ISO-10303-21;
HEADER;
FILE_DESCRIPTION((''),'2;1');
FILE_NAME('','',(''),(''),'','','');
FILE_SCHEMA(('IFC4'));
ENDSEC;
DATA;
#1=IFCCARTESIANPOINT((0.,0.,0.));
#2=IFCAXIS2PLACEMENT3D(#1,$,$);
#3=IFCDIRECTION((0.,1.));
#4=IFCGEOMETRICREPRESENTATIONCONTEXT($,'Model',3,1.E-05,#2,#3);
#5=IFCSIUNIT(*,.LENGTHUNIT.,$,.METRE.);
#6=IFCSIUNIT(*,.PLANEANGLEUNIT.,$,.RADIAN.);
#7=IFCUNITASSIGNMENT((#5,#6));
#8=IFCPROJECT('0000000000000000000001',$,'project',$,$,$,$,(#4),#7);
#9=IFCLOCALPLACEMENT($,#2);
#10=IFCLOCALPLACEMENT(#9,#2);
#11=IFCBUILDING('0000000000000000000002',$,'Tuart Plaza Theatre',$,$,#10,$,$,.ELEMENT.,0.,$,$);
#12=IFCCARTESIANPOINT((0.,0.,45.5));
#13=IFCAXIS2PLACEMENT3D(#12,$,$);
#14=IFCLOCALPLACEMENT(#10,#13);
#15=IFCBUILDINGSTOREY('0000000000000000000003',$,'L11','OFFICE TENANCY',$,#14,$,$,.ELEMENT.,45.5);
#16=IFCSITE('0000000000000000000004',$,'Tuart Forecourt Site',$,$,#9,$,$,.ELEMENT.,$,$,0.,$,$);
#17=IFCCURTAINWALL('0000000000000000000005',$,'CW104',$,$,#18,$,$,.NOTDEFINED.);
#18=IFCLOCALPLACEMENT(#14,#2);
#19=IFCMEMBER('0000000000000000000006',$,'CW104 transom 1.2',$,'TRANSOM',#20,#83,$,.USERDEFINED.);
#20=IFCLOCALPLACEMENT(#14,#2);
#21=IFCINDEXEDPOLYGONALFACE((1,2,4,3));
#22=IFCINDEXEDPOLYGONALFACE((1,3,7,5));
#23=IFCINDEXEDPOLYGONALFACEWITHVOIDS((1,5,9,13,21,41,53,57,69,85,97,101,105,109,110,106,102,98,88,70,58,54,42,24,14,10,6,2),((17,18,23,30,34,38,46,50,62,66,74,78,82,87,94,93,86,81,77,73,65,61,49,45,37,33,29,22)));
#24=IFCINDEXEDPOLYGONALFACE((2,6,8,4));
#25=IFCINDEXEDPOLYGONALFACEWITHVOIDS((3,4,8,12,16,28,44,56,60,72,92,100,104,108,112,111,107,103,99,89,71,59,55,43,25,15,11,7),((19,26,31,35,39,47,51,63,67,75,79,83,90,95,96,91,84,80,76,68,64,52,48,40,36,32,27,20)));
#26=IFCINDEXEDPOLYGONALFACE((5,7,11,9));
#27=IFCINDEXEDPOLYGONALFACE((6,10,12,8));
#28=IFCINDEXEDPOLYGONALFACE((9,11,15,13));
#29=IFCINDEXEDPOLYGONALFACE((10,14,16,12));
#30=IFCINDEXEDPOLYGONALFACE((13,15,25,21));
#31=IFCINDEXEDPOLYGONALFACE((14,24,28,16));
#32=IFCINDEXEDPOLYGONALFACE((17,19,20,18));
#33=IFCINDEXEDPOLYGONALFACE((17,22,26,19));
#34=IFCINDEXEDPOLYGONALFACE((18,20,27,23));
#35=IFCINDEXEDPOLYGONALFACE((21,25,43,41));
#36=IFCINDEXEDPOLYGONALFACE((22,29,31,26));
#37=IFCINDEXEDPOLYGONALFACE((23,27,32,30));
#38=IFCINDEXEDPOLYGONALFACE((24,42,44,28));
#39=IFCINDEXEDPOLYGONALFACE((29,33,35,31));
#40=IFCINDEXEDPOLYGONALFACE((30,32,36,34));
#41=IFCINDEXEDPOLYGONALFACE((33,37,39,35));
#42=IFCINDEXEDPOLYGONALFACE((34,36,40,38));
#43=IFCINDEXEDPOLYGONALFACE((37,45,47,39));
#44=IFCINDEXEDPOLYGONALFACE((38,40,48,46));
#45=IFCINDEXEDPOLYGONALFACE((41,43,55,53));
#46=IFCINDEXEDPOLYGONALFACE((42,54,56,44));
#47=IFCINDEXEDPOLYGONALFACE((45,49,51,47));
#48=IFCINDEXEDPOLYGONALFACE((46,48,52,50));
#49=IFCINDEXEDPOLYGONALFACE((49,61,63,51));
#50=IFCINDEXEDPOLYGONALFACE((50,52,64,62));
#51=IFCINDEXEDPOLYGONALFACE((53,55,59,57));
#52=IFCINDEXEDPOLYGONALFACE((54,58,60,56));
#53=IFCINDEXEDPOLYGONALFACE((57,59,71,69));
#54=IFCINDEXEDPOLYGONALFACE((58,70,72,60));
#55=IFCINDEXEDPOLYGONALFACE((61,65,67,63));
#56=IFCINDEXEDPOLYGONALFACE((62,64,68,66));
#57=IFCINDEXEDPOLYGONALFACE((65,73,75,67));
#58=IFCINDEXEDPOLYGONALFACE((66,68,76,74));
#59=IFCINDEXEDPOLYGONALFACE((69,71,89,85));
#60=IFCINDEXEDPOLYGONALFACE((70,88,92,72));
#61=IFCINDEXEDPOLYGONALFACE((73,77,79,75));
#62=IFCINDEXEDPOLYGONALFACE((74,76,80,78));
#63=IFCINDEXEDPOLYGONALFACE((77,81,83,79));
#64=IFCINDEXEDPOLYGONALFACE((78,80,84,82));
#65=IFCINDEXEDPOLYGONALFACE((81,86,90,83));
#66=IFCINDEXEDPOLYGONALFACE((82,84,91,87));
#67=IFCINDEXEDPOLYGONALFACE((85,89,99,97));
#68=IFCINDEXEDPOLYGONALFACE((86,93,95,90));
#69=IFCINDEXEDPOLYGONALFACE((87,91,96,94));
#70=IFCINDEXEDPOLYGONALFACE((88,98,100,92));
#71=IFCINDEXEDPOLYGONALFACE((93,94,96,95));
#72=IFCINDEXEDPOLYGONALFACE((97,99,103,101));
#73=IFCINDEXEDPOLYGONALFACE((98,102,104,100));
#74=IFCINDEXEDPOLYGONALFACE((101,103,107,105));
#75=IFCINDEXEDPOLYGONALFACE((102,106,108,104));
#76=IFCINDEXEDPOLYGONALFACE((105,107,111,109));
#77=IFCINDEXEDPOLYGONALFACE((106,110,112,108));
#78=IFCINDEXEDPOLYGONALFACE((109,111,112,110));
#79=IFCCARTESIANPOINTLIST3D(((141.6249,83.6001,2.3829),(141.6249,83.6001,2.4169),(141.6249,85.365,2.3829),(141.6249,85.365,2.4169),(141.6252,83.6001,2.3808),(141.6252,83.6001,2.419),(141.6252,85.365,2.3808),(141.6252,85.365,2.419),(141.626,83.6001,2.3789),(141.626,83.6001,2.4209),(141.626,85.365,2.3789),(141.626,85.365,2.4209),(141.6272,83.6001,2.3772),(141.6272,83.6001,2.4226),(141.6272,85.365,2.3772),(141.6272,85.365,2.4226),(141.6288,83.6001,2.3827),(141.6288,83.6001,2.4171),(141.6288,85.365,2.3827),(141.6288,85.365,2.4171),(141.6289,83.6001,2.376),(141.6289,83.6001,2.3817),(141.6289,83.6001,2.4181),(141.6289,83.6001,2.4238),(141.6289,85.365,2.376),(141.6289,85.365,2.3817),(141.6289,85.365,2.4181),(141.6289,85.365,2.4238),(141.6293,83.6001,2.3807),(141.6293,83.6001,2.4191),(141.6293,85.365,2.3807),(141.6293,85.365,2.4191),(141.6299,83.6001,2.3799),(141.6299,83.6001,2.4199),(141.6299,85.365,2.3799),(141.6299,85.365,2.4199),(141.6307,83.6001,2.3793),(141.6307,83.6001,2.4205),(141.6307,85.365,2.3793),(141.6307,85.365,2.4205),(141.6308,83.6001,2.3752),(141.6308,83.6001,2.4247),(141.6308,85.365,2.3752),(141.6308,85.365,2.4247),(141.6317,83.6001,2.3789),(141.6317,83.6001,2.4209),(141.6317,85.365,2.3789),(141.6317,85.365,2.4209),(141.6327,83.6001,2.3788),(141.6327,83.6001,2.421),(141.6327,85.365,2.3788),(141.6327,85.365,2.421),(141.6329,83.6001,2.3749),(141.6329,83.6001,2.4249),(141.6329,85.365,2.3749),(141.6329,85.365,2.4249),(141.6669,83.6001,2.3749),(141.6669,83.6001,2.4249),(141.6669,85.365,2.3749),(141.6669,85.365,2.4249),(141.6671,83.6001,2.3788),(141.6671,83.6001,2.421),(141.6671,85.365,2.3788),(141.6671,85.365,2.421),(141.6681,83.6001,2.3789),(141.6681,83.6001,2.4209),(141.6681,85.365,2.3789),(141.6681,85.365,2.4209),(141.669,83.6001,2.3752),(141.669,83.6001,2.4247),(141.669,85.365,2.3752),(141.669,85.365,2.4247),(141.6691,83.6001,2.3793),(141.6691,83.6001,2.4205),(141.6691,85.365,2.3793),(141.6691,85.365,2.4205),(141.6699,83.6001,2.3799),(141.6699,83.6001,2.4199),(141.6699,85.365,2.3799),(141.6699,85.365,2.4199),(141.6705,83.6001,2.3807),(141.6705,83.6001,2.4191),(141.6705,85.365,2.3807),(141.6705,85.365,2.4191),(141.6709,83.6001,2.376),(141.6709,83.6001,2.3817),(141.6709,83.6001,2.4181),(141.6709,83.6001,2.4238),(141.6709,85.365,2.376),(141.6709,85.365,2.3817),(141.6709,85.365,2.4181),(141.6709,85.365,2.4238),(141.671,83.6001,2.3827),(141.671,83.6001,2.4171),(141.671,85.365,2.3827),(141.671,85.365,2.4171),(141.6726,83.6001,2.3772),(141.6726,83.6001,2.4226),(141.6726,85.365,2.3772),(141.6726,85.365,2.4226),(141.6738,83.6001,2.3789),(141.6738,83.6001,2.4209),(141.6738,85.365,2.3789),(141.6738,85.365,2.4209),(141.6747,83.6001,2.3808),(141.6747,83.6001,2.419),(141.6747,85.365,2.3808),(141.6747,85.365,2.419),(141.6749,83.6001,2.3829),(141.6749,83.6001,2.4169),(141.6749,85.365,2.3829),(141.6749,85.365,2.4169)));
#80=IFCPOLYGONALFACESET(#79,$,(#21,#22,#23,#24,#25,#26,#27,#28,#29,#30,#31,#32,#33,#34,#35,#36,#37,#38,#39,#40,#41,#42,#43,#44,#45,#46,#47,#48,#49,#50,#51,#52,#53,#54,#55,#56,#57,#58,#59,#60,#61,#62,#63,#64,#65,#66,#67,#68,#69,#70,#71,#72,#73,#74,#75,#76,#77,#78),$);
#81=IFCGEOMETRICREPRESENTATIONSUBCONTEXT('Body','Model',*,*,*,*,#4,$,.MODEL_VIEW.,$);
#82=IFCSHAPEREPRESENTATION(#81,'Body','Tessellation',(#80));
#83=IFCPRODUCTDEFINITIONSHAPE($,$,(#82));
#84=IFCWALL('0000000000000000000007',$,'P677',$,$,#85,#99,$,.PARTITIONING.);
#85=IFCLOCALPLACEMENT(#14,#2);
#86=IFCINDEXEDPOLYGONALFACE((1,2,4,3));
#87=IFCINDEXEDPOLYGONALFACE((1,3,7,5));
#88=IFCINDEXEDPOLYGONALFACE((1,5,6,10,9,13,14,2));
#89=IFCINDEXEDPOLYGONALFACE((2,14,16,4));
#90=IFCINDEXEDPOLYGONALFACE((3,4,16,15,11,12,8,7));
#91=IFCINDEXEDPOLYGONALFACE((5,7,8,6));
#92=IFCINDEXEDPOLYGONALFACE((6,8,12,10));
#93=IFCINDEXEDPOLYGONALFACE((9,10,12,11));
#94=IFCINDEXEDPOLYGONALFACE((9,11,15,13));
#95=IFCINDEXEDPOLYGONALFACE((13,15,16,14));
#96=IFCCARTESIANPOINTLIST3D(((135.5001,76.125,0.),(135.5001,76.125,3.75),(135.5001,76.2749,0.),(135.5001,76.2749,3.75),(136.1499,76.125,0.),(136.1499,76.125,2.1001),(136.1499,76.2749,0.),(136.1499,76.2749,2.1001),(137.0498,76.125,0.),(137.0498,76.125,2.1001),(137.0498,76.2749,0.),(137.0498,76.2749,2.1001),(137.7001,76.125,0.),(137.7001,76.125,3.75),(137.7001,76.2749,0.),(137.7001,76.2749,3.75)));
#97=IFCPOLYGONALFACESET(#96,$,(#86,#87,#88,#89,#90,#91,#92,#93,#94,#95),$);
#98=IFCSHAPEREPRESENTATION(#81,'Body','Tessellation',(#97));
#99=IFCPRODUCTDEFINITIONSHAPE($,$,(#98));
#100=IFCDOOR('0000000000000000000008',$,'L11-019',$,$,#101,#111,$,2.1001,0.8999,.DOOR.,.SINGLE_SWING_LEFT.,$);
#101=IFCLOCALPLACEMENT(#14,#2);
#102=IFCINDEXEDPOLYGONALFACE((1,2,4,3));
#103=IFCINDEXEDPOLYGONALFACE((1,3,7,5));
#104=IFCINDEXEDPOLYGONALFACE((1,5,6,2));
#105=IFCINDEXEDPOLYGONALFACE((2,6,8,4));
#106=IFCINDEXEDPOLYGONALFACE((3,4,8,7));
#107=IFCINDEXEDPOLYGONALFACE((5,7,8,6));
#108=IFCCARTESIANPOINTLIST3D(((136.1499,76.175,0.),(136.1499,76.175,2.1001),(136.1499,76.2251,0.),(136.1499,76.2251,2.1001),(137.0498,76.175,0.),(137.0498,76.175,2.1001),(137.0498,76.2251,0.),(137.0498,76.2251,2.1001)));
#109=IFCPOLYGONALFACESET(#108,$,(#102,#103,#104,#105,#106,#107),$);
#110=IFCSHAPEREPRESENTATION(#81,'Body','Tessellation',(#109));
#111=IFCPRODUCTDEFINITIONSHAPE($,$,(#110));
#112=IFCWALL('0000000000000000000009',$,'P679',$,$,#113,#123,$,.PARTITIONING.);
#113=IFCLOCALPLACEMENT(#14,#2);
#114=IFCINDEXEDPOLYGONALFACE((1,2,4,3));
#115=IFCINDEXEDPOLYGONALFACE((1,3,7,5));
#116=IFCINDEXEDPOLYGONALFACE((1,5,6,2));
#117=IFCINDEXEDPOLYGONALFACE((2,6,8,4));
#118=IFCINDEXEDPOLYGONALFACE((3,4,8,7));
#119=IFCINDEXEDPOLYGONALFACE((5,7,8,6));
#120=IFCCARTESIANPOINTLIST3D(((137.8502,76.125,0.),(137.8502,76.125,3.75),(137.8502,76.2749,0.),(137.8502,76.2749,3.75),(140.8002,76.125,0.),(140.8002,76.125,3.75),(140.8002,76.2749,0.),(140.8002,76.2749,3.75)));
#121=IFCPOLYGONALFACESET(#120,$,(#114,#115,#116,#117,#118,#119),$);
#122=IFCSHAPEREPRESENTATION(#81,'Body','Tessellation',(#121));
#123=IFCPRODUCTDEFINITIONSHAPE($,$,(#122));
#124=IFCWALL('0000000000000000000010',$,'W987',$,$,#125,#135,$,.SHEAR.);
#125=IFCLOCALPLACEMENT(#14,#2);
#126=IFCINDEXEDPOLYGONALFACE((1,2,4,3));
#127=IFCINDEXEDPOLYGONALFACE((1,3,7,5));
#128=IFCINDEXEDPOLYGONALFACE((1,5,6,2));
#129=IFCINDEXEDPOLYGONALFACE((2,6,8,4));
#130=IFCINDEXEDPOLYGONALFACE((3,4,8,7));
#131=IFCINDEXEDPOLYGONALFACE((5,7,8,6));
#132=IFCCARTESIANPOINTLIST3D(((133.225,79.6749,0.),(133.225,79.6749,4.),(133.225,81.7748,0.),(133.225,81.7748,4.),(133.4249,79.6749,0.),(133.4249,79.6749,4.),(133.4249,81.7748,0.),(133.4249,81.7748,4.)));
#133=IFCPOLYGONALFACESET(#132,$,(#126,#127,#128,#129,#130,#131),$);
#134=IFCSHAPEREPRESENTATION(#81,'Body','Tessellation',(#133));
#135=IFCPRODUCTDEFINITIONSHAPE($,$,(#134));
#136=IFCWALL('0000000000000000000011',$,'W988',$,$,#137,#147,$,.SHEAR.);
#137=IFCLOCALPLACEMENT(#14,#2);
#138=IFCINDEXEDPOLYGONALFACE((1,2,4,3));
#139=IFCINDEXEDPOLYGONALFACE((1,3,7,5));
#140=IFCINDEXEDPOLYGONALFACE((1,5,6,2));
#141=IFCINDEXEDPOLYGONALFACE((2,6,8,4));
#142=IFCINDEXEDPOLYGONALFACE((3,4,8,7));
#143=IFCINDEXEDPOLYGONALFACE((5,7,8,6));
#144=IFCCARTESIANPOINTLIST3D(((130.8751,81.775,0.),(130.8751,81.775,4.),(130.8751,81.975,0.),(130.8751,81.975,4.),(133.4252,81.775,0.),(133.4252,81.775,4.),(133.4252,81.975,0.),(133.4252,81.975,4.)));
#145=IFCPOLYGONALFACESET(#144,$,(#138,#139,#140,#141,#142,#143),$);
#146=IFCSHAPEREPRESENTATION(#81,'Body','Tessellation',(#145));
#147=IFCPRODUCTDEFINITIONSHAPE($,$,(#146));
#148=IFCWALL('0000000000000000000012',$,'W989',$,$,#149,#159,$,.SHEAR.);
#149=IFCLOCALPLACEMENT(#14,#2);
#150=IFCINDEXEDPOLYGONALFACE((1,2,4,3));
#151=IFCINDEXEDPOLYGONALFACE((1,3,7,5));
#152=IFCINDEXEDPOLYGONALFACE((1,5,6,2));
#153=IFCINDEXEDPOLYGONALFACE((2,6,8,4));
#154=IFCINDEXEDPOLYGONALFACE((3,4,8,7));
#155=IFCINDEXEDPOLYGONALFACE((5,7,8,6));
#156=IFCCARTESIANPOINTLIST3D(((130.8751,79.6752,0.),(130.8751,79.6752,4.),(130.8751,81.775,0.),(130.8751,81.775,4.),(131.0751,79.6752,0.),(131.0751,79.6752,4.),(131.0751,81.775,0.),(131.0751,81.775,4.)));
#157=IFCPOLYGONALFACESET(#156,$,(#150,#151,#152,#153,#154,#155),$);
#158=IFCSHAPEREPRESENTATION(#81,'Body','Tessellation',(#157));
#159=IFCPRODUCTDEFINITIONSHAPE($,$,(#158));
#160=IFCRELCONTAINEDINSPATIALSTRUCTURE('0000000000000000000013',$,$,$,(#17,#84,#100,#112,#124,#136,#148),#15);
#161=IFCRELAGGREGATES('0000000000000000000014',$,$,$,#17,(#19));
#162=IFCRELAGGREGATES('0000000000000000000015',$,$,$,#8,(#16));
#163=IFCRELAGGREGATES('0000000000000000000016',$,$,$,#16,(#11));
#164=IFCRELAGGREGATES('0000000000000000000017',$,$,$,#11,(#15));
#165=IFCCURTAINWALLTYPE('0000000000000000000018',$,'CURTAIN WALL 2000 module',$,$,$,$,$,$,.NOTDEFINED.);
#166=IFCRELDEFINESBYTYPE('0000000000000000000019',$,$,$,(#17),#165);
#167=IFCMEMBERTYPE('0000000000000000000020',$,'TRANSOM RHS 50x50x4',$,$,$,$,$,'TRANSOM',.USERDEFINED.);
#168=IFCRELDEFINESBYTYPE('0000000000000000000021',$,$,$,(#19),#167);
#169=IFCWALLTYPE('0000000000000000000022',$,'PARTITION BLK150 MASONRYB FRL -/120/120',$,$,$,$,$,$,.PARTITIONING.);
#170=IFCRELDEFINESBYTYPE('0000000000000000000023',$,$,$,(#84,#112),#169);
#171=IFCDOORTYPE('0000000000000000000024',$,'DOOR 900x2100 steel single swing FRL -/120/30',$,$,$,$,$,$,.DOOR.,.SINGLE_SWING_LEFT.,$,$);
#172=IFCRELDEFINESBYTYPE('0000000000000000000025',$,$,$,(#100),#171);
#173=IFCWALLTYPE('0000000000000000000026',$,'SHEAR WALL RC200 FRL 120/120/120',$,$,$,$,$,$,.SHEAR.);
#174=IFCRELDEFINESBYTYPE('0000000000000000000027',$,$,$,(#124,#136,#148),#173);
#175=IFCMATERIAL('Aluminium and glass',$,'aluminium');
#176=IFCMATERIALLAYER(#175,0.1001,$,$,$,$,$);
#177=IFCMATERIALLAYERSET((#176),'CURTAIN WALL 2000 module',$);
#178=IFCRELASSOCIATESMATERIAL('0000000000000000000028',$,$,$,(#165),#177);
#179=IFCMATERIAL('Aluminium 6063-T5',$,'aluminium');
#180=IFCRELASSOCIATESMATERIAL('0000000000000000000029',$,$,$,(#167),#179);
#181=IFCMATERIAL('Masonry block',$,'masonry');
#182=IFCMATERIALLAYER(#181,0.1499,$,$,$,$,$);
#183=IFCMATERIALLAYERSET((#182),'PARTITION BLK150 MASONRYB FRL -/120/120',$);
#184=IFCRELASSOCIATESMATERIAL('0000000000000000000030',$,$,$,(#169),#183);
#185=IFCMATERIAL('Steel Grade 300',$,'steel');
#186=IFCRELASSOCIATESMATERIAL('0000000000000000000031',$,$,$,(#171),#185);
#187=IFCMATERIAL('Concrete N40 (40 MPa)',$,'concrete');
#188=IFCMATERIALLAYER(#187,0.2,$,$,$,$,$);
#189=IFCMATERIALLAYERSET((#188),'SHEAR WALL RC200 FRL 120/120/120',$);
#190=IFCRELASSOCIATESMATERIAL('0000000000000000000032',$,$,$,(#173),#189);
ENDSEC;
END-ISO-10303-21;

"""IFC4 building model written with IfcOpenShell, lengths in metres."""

from ifc_helpers import new_model, si_unit, direction, frame, frame_2d, origin, origin_2d, place, context, subcontext, project, spatial, rectangle, hollow_rectangle, extrude, material, layer, layer_set, material_profile, profile_set, type_object, element, fill, aggregate, save


model = new_model("IFC4")

# Units and contexts
model_context = context("Model", 3, precision=1e-05, world=origin(), true_north=direction((0.0, 1.0)))
body_context = subcontext(model_context, "Body", "Model", "MODEL_VIEW")
ifc_project = project(units=[si_unit("LENGTHUNIT", "METRE"), si_unit("PLANEANGLEUNIT", "RADIAN")], contexts=[model_context])

# Site, building, storey
site_placement = place(None, origin())
site = spatial("IfcSite", under=ifc_project, at=site_placement, Name="Tuart Forecourt Site", CompositionType="ELEMENT", RefElevation=0.0)
building_placement = place(site_placement, origin())
building = spatial("IfcBuilding", under=site, at=building_placement, Name="Tuart Plaza Theatre", CompositionType="ELEMENT", ElevationOfRefHeight=0.0)
storey_placement = place(building_placement, frame((0.0, 0.0, 45.5)))
storey = spatial("IfcBuildingStorey", under=building, at=storey_placement, Name="L11", Description="OFFICE TENANCY", CompositionType="ELEMENT", Elevation=45.5)

# Curtain wall, member
ifc_material_1 = material(Name="Aluminium and glass", Category="aluminium")
ifc_layer_1 = layer(ifc_material_1, 0.1001)
ifc_layer_set_1 = layer_set([ifc_layer_1], Name="CURTAIN WALL 2000 module")
curtain_wall_type = type_object("IfcCurtainWallType", Name="CURTAIN WALL 2000 module", PredefinedType="NOTDEFINED", material=ifc_layer_set_1)
curtain_wall_placement = place(storey_placement, origin())
curtain_wall = element("IfcCurtainWall", 1, at=curtain_wall_placement, inside=storey, type_object=curtain_wall_type, Name="CW104", PredefinedType="NOTDEFINED")
ifc_material_2 = material(Name="Aluminium 6063-T5", Category="aluminium")
ifc_material_profile_1 = material_profile(ifc_material_2, hollow_rectangle(XDim=0.05, YDim=0.05, WallThickness=0.0039, InnerFilletRadius=0.0039, OuterFilletRadius=0.0081, at=origin_2d()), Name="RHS 50x50x4")
ifc_profile_set_1 = profile_set([ifc_material_profile_1], Name="Aluminium 6063-T5")
member_type_1 = type_object("IfcMemberType", Name="TRANSOM RHS 50x50x4", ElementType="TRANSOM", PredefinedType="USERDEFINED", material=ifc_profile_set_1)
member_1_placement = place(storey_placement, frame((141.6499, 83.6001, 2.3999), z_axis=(0.0, 1.0, 0.0), x_axis=(-1.0, 0.0, 0.0)))
member_1 = element("IfcMember", 2, at=member_1_placement, type_object=member_type_1, Name="CW104 transom 1.2", ObjectType="TRANSOM", PredefinedType="USERDEFINED", context=body_context, shape_type="SweptSolid", body=[
    extrude(hollow_rectangle(XDim=0.05, YDim=0.05, WallThickness=0.0039, InnerFilletRadius=0.0039, OuterFilletRadius=0.0081, at=origin_2d()), origin(), (0.0, 0.0, 1.0), 1.7649),
])
aggregate(curtain_wall, [member_1])

# Wall, opening, door
ifc_material_3 = material(Name="Masonry block", Category="masonry")
ifc_layer_2 = layer(ifc_material_3, 0.1499)
ifc_layer_set_2 = layer_set([ifc_layer_2], Name="PARTITION BLK150 MASONRYB FRL -/120/120")
wall_type_1 = type_object("IfcWallType", Name="PARTITION BLK150 MASONRYB FRL -/120/120", PredefinedType="PARTITIONING", material=ifc_layer_set_2)
wall_1_placement = place(storey_placement, frame((135.5, 76.2, 0.0), z_axis=(0.0, 0.0, 1.0), x_axis=(1.0, 0.0, 0.0)))
wall_1 = element("IfcWall", 3, at=wall_1_placement, inside=storey, type_object=wall_type_1, Name="P677", PredefinedType="PARTITIONING", context=body_context, shape_type="SweptSolid", body=[
    extrude(rectangle(XDim=2.2, YDim=0.1499, at=frame_2d((1.1001, 0.0))), origin(), (0.0, 0.0, 1.0), 3.75),
])
opening_1_placement = place(wall_1_placement, frame((0.6499, 0.0, 0.0)))
opening_1 = element("IfcOpeningElement", 4, at=opening_1_placement, cuts=wall_1, PredefinedType="OPENING", context=body_context, shape_type="SweptSolid", body=[
    extrude(rectangle(XDim=0.8999, YDim=2.1001, at=frame_2d((0.45, 1.05))), frame((0.0, 0.085, 0.0), z_axis=(0.0, -1.0, 0.0), x_axis=(1.0, 0.0, 0.0)), (0.0, 0.0, 1.0), 0.1699),
])
ifc_material_4 = material(Name="Steel Grade 300", Category="steel")
door_type_1 = type_object("IfcDoorType", Name="DOOR 900x2100 steel single swing FRL -/120/30", OperationType="SINGLE_SWING_LEFT", PredefinedType="DOOR", material=ifc_material_4)
door_1_placement = place(opening_1_placement, frame((0.8999, 0.0, 0.0), z_axis=(0.0, 0.0, 1.0), x_axis=(-1.0, 0.0, 0.0)))
door_1 = element("IfcDoor", 5, at=door_1_placement, inside=storey, type_object=door_type_1, Name="L11-019", OperationType="SINGLE_SWING_LEFT", OverallHeight=2.1001, OverallWidth=0.8999, PredefinedType="DOOR", context=body_context, shape_type="SweptSolid", body=[
    extrude(rectangle(XDim=0.8999, YDim=2.1001, at=frame_2d((0.45, 1.05))), frame((0.0, 0.0249, 0.0), z_axis=(0.0, -1.0, 0.0), x_axis=(1.0, 0.0, 0.0)), (0.0, 0.0, 1.0), 0.05),
])
fill(opening_1, door_1)

# Walls
wall_2_placement = place(storey_placement, frame((137.8501, 76.2, 0.0), z_axis=(0.0, 0.0, 1.0), x_axis=(1.0, 0.0, 0.0)))
element("IfcWall", 6, at=wall_2_placement, inside=storey, type_object=wall_type_1, Name="P679", PredefinedType="PARTITIONING", context=body_context, shape_type="SweptSolid", body=[
    extrude(rectangle(XDim=2.95, YDim=0.1499, at=frame_2d((1.4751, 0.0))), origin(), (0.0, 0.0, 1.0), 3.75),
])
ifc_material_5 = material(Name="Concrete N40 (40 MPa)", Category="concrete")
ifc_layer_3 = layer(ifc_material_5, 0.2)
ifc_layer_set_3 = layer_set([ifc_layer_3], Name="SHEAR WALL RC200 FRL 120/120/120")
wall_type_2 = type_object("IfcWallType", Name="SHEAR WALL RC200 FRL 120/120/120", PredefinedType="SHEAR", material=ifc_layer_set_3)
wall_3_placement = place(storey_placement, frame((133.325, 79.675, 0.0), z_axis=(0.0, 0.0, 1.0), x_axis=(0.0, 1.0, 0.0)))
element("IfcWall", 7, at=wall_3_placement, inside=storey, type_object=wall_type_2, Name="W987", PredefinedType="SHEAR", context=body_context, shape_type="SweptSolid", body=[
    extrude(rectangle(XDim=2.0999, YDim=0.2, at=frame_2d((1.0498, 0.0))), origin(), (0.0, 0.0, 1.0), 4.0),
])
wall_4_placement = place(storey_placement, frame((133.425, 81.875, 0.0), z_axis=(0.0, 0.0, 1.0), x_axis=(-1.0, 0.0, 0.0)))
element("IfcWall", 8, at=wall_4_placement, inside=storey, type_object=wall_type_2, Name="W988", PredefinedType="SHEAR", context=body_context, shape_type="SweptSolid", body=[
    extrude(rectangle(XDim=2.55, YDim=0.2, at=frame_2d((1.2749, 0.0))), origin(), (0.0, 0.0, 1.0), 4.0),
])
wall_5_placement = place(storey_placement, frame((130.9751, 81.7749, 0.0), z_axis=(0.0, 0.0, 1.0), x_axis=(0.0, -1.0, 0.0)))
element("IfcWall", 9, at=wall_5_placement, inside=storey, type_object=wall_type_2, Name="W989", PredefinedType="SHEAR", context=body_context, shape_type="SweptSolid", body=[
    extrude(rectangle(XDim=2.0999, YDim=0.2, at=frame_2d((1.0498, 0.0))), origin(), (0.0, 0.0, 1.0), 4.0),
])

save(model, "model.ifc")
